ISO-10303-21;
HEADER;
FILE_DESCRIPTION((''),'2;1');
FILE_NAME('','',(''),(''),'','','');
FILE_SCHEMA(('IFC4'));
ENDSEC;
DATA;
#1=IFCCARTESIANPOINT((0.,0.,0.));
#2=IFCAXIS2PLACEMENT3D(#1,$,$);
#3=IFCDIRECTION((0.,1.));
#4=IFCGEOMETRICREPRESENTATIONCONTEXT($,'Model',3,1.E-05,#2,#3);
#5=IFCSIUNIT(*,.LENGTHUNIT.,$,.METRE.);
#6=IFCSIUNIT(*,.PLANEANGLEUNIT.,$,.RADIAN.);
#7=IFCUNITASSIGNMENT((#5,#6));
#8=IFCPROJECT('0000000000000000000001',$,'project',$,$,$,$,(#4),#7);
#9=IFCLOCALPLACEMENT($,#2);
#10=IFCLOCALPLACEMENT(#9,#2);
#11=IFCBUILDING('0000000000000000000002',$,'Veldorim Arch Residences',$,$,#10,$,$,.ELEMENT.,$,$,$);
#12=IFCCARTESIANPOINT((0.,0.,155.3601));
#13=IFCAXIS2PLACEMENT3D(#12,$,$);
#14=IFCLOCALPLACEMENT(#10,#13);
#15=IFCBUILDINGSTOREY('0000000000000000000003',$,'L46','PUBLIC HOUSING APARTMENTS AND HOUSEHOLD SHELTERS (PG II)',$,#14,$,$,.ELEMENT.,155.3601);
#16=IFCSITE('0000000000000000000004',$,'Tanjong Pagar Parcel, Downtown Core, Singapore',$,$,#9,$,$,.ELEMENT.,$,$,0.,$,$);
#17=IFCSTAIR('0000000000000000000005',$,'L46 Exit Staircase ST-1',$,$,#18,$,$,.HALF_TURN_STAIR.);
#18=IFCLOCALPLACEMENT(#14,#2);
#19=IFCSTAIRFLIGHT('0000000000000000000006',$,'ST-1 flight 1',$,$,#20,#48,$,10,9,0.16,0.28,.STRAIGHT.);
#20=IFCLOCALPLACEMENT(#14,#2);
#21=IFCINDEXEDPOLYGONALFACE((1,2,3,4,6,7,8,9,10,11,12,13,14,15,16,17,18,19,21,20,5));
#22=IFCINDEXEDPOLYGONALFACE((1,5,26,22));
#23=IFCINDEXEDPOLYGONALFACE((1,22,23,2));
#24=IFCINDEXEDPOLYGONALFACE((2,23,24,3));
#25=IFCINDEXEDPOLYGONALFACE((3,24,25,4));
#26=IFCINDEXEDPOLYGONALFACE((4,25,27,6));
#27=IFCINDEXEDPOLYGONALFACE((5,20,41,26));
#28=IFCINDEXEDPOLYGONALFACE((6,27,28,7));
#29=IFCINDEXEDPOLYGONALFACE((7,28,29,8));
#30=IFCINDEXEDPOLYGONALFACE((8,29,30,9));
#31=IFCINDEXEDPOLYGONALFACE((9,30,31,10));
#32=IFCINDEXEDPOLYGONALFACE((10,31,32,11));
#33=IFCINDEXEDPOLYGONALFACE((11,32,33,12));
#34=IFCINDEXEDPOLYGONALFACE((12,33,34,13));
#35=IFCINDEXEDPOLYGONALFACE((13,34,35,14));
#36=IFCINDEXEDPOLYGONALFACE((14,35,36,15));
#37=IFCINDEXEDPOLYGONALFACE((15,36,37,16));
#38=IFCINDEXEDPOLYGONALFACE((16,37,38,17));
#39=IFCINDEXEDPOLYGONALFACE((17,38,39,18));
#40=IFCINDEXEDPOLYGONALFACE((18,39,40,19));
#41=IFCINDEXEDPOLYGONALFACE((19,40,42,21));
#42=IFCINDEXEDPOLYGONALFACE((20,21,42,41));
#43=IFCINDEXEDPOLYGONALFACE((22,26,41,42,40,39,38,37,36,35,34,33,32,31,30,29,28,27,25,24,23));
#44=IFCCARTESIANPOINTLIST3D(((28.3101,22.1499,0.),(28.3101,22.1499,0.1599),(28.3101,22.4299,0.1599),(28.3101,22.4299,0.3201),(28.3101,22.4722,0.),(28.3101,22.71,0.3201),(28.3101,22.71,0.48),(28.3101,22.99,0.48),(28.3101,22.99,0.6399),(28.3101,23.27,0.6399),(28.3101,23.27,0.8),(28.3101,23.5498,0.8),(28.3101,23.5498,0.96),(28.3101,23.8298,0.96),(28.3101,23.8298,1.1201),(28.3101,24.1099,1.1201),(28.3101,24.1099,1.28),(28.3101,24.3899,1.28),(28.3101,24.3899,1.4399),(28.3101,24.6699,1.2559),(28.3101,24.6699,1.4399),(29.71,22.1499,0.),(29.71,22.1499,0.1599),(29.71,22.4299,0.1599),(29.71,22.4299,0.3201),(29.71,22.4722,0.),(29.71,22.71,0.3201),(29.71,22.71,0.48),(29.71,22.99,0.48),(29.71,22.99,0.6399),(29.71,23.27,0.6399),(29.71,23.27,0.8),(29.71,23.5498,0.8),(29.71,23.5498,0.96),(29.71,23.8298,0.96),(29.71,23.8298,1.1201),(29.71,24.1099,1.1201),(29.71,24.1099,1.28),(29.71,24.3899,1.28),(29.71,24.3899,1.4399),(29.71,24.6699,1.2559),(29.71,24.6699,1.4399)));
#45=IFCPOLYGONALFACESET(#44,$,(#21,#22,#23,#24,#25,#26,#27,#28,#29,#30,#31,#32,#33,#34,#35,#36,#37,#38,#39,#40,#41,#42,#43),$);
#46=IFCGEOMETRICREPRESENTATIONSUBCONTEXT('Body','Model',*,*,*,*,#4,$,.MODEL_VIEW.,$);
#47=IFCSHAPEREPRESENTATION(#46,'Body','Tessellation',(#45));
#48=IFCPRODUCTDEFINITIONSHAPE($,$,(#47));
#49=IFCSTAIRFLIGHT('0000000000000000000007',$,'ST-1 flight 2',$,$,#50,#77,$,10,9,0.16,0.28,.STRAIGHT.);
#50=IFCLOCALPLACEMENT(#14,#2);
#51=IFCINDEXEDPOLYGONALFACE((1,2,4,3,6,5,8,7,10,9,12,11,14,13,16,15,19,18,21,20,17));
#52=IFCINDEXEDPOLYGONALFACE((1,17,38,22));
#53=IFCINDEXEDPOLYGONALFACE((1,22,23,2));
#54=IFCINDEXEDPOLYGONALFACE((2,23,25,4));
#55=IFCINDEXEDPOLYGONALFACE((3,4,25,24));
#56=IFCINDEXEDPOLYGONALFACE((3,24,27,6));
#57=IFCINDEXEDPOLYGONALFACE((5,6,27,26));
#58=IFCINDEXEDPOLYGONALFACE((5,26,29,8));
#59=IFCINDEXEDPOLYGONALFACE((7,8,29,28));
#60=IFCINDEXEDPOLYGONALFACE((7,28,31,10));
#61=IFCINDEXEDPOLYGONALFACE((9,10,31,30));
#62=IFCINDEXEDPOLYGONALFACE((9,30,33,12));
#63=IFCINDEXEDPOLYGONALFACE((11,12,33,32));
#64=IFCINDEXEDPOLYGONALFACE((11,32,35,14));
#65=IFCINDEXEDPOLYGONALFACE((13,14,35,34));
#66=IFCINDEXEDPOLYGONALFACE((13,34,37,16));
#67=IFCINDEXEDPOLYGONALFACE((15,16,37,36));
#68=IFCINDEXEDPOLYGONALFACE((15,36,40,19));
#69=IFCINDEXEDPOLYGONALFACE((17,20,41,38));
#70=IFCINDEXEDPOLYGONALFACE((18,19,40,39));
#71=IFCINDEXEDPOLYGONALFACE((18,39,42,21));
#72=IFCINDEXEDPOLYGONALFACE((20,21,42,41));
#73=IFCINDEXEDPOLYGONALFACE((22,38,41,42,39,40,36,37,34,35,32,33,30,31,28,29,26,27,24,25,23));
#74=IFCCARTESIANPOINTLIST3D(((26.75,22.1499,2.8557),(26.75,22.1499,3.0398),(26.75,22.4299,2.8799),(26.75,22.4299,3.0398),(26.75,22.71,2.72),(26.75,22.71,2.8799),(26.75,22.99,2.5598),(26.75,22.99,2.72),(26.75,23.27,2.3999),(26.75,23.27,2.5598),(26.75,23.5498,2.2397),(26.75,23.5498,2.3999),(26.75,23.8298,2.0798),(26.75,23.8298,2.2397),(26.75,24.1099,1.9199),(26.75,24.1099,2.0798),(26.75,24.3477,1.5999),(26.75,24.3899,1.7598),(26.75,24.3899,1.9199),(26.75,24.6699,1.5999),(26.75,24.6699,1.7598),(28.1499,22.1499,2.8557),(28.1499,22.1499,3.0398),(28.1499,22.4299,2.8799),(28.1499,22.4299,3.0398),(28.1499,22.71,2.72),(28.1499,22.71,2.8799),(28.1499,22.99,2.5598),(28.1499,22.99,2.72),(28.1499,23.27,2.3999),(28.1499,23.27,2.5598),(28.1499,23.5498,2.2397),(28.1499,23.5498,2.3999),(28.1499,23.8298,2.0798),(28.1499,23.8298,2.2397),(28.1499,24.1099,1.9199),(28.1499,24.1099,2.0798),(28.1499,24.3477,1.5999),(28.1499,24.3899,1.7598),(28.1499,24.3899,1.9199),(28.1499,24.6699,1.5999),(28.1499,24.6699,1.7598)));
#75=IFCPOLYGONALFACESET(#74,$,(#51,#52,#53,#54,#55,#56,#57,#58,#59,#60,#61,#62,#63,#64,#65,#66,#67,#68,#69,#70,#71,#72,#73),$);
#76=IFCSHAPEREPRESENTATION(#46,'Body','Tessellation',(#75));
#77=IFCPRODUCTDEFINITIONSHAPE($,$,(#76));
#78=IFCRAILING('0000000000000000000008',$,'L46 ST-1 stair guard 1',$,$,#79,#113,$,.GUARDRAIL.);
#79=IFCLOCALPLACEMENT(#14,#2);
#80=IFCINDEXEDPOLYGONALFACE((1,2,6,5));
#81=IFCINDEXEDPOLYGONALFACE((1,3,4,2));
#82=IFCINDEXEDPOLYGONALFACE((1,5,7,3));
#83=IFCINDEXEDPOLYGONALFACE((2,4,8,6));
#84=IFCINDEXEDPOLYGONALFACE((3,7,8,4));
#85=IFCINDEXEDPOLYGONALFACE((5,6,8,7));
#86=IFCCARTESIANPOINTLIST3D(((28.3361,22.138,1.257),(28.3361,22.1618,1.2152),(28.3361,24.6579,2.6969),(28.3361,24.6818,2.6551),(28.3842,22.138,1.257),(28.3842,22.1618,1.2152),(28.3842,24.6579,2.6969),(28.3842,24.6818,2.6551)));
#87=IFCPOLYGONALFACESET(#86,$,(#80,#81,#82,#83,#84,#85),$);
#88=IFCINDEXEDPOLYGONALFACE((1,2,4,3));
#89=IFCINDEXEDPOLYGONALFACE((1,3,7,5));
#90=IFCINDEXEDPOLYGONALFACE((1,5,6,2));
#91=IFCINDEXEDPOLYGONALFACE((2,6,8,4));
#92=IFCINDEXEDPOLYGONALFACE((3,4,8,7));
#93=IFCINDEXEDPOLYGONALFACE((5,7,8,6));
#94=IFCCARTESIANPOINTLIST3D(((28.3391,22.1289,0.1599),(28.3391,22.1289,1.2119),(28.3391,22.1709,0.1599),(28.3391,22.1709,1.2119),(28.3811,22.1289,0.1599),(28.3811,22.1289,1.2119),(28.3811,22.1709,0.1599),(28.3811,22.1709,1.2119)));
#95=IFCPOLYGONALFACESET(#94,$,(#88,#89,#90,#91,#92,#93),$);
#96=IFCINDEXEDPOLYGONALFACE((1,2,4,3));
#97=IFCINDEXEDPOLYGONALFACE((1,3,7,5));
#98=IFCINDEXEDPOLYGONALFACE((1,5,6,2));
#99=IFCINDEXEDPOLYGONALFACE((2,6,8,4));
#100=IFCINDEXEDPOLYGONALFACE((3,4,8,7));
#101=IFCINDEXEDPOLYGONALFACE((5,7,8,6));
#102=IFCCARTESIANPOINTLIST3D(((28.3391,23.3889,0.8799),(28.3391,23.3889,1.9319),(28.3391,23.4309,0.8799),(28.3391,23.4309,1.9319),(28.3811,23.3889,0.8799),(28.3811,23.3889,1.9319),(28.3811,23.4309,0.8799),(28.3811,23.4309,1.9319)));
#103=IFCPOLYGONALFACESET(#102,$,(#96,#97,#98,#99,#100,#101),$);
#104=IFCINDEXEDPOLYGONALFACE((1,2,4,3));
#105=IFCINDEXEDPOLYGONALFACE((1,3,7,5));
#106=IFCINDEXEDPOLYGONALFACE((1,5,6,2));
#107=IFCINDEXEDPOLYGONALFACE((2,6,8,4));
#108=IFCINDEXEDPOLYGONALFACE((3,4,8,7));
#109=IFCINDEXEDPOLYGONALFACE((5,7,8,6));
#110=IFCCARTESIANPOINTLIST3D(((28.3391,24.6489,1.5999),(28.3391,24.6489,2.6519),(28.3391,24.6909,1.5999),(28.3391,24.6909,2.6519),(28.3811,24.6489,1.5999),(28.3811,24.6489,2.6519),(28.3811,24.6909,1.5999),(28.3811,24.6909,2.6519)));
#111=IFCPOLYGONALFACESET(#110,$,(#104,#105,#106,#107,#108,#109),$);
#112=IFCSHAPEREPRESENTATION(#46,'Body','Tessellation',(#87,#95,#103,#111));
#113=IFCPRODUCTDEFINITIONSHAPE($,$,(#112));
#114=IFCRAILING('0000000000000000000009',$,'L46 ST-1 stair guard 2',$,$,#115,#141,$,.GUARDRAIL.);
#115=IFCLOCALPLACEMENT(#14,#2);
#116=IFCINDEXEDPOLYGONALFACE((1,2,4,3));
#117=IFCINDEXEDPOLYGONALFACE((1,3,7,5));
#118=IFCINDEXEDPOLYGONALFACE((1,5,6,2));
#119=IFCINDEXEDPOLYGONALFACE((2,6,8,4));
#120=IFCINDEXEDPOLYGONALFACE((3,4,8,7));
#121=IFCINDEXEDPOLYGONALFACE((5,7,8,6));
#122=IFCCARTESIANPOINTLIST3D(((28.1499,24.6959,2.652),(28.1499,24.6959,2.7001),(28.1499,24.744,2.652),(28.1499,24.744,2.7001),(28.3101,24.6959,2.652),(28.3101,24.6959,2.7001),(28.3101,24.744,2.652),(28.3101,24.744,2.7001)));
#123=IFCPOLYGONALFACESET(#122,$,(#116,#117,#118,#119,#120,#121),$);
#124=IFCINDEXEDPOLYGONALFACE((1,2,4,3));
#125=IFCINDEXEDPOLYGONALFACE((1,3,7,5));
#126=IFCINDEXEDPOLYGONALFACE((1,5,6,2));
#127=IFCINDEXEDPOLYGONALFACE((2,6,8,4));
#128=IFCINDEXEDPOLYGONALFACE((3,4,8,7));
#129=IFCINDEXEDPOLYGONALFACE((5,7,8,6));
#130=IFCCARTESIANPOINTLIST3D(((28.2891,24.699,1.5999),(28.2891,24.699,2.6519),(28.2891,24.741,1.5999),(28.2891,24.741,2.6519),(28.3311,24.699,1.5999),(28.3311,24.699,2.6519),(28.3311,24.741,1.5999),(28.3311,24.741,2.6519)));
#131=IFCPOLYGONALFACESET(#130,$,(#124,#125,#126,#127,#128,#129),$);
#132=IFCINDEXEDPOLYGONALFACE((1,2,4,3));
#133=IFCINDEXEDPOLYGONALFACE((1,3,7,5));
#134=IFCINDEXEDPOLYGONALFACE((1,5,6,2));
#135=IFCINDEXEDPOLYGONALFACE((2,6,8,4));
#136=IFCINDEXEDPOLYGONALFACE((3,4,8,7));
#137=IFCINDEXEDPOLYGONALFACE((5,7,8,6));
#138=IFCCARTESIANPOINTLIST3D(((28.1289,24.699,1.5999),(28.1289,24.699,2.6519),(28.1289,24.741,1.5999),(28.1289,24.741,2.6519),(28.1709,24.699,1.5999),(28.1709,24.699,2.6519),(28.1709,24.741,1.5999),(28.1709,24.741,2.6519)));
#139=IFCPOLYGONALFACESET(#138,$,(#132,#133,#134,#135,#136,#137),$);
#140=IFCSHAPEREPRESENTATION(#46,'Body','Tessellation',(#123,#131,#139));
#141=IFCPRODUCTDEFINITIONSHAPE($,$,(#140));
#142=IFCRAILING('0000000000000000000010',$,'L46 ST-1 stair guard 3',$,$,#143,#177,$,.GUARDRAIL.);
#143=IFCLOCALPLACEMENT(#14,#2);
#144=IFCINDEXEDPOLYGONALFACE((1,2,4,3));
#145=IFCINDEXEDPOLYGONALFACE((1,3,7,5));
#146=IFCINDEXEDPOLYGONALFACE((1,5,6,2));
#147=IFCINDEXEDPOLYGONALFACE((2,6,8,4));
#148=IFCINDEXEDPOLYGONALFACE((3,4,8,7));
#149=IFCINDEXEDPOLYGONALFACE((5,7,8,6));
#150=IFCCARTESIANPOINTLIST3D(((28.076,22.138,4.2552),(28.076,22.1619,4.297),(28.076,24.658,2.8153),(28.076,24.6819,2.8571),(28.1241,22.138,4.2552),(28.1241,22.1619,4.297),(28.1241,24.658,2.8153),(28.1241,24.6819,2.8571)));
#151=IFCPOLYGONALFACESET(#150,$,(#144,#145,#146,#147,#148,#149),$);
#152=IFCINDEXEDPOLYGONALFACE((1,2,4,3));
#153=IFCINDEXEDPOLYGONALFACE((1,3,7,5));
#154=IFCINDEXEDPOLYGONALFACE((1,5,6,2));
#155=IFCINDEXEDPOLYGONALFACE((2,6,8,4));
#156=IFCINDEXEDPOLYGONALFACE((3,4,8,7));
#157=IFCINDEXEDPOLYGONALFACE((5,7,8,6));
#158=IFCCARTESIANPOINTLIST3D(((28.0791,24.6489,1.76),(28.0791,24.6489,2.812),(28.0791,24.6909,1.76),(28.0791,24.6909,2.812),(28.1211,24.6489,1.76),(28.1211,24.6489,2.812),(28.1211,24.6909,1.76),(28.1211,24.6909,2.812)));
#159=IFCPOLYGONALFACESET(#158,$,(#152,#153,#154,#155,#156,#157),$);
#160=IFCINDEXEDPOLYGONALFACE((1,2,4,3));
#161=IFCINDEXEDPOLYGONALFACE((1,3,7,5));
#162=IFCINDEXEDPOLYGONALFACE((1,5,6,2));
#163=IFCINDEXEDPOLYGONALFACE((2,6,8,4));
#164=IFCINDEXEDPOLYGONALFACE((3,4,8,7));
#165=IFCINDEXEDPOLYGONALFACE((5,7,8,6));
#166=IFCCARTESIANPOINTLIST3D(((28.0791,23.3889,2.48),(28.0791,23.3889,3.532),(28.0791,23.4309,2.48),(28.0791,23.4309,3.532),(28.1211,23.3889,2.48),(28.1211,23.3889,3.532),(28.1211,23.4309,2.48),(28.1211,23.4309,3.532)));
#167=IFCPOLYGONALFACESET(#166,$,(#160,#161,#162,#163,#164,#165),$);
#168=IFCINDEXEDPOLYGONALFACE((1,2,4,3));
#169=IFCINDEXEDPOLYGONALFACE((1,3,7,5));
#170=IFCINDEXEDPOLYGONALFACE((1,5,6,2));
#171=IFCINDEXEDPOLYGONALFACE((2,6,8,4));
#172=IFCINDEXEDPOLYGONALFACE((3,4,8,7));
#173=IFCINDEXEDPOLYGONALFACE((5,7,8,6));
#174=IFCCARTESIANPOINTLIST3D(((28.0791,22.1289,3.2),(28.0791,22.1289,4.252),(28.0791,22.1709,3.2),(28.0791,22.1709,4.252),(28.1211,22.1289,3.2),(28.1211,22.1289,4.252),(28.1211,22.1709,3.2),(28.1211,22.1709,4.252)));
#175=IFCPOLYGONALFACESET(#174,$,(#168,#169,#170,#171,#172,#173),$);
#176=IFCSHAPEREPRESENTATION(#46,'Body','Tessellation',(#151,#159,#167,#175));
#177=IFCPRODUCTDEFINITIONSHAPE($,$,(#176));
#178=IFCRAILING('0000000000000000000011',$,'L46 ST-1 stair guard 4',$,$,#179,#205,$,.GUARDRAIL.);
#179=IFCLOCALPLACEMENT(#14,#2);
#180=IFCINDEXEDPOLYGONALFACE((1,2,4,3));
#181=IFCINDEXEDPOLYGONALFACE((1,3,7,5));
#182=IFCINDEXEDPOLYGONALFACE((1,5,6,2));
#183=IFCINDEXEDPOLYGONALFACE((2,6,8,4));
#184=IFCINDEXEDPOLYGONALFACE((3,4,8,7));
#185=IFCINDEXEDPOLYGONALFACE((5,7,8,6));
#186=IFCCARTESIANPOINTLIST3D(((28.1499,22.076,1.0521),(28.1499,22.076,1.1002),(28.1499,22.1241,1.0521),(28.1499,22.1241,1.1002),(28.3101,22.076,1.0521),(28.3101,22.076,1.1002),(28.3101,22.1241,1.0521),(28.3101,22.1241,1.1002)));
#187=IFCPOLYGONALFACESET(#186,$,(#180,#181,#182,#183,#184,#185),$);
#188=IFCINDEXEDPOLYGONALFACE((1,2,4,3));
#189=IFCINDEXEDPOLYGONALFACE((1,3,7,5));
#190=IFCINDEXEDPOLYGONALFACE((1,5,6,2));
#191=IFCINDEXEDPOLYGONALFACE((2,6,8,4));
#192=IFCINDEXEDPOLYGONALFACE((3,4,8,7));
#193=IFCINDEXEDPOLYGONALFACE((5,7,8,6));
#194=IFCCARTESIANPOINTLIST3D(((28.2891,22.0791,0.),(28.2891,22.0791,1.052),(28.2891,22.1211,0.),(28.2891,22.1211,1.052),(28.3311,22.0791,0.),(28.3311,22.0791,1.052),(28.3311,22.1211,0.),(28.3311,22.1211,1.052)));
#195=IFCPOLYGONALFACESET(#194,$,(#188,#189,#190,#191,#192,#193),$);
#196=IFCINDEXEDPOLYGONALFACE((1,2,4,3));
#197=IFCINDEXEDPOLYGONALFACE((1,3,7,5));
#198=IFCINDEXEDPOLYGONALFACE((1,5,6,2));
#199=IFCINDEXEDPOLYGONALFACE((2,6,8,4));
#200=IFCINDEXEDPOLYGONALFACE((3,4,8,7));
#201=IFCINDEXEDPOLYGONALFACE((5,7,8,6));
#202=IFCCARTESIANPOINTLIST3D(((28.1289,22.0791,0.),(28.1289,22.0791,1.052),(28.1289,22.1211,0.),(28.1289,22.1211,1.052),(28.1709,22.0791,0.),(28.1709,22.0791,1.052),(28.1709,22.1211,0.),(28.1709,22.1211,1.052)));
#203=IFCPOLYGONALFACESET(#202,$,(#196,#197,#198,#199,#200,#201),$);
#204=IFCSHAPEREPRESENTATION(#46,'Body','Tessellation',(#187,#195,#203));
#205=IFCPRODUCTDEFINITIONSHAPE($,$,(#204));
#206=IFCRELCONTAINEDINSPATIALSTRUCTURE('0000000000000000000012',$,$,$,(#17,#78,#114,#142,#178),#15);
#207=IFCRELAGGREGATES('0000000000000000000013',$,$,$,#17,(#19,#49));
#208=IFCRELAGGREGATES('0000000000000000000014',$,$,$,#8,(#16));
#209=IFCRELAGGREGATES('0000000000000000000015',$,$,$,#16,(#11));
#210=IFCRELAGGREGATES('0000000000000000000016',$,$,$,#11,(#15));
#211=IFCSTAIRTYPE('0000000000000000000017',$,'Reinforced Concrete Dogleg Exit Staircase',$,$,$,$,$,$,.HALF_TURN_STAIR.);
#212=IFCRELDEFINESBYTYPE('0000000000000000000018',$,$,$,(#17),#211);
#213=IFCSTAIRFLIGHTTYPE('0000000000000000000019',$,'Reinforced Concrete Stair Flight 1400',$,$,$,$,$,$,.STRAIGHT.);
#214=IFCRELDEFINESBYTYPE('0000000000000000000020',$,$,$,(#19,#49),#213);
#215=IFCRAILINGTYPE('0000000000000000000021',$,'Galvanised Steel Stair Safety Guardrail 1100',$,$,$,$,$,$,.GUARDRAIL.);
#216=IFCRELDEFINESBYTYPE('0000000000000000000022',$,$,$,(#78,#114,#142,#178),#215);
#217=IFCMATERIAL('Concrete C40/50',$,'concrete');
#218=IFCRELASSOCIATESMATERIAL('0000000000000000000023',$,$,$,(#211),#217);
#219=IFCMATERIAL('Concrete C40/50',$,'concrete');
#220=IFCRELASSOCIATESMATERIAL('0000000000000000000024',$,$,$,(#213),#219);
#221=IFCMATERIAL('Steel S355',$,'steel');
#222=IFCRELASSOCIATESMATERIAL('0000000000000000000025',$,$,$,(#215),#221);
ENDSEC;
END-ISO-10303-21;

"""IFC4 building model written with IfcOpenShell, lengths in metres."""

from ifc_helpers import new_model, si_unit, direction, frame, origin, origin_2d, place, context, subcontext, project, spatial, polyline, rectangle, outline, extrude, material, type_object, element, aggregate, save


model = new_model("IFC4")

# Units and contexts
model_context = context("Model", 3, precision=1e-05, world=origin(), true_north=direction((0.0, 1.0)))
body_context = subcontext(model_context, "Body", "Model", "MODEL_VIEW")
ifc_project = project(units=[si_unit("LENGTHUNIT", "METRE"), si_unit("PLANEANGLEUNIT", "RADIAN")], contexts=[model_context])

# Site, building, storey
site_placement = place(None, origin())
site = spatial("IfcSite", under=ifc_project, at=site_placement, Name="Tanjong Pagar Parcel, Downtown Core, Singapore", CompositionType="ELEMENT", RefElevation=0.0)
building_placement = place(site_placement, origin())
building = spatial("IfcBuilding", under=site, at=building_placement, Name="Veldorim Arch Residences", CompositionType="ELEMENT")
storey_placement = place(building_placement, frame((0.0, 0.0, 155.3601)))
storey = spatial("IfcBuildingStorey", under=building, at=storey_placement, Name="L46", Description="PUBLIC HOUSING APARTMENTS AND HOUSEHOLD SHELTERS (PG II)", CompositionType="ELEMENT", Elevation=155.3601)

# Stair, stair flights
ifc_material_1 = material(Name="Concrete C40/50", Category="concrete")
stair_type = type_object("IfcStairType", Name="Reinforced Concrete Dogleg Exit Staircase", PredefinedType="HALF_TURN_STAIR", material=ifc_material_1)
stair_placement = place(storey_placement, origin())
stair = element("IfcStair", 1, at=stair_placement, inside=storey, type_object=stair_type, Name="L46 Exit Staircase ST-1", PredefinedType="HALF_TURN_STAIR")
ifc_material_2 = material(Name="Concrete C40/50", Category="concrete")
stair_flight_type = type_object("IfcStairFlightType", Name="Reinforced Concrete Stair Flight 1400", PredefinedType="STRAIGHT", material=ifc_material_2)
stair_flight_1_placement = place(storey_placement, frame((29.01, 22.1499, 0.0), z_axis=(0.0, 0.0, 1.0), x_axis=(0.0, 1.0, 0.0)))
stair_flight_1 = element("IfcStairFlight", 2, at=stair_flight_1_placement, type_object=stair_flight_type, Name="ST-1 flight 1", NumberOfRisers=10, NumberOfTreads=9, PredefinedType="STRAIGHT", RiserHeight=0.16, TreadLength=0.28, context=body_context, shape_type="SweptSolid", body=[
    extrude(outline(polyline([(0.0, 0.0), (0.0, 0.1599), (0.28, 0.1599), (0.28, 0.3201), (0.5601, 0.3201), (0.5601, 0.48), (0.8401, 0.48), (0.8401, 0.6399), (1.1201, 0.6399), (1.1201, 0.8), (1.3999, 0.8), (1.3999, 0.96), (1.6799, 0.96), (1.6799, 1.1201), (1.96, 1.1201), (1.96, 1.28), (2.24, 1.28), (2.24, 1.4399), (2.52, 1.4399), (2.52, 1.6001), (2.52, 1.2559), (0.3223, 0.0), (0.0, 0.0)])), frame((0.0, 0.7, 0.0), z_axis=(0.0, -1.0, 0.0), x_axis=(1.0, 0.0, 0.0)), (0.0, 0.0, 1.0), 1.3999),
])
stair_flight_2_placement = place(storey_placement, frame((27.45, 24.6699, 1.5999), z_axis=(0.0, 0.0, 1.0), x_axis=(0.0, -1.0, 0.0)))
stair_flight_2 = element("IfcStairFlight", 3, at=stair_flight_2_placement, type_object=stair_flight_type, Name="ST-1 flight 2", NumberOfRisers=10, NumberOfTreads=9, PredefinedType="STRAIGHT", RiserHeight=0.16, TreadLength=0.28, context=body_context, shape_type="SweptSolid", body=[
    extrude(outline(polyline([(0.0, 0.0), (0.0, 0.1599), (0.28, 0.1599), (0.28, 0.3201), (0.5601, 0.3201), (0.5601, 0.48), (0.8401, 0.48), (0.8401, 0.6399), (1.1201, 0.6399), (1.1201, 0.8), (1.3999, 0.8), (1.3999, 0.96), (1.6799, 0.96), (1.6799, 1.1201), (1.96, 1.1201), (1.96, 1.28), (2.24, 1.28), (2.24, 1.4399), (2.52, 1.4399), (2.52, 1.6001), (2.52, 1.2559), (0.3223, 0.0), (0.0, 0.0)])), frame((0.0, 0.7, 0.0), z_axis=(0.0, -1.0, 0.0), x_axis=(1.0, 0.0, 0.0)), (0.0, 0.0, 1.0), 1.3999),
])
aggregate(stair, [stair_flight_1, stair_flight_2])

# Railings
ifc_material_3 = material(Name="Steel S355", Category="steel")
railing_type_1 = type_object("IfcRailingType", Name="Galvanised Steel Stair Safety Guardrail 1100", PredefinedType="GUARDRAIL", material=ifc_material_3)
railing_1_placement = place(storey_placement, frame((28.3601, 22.1499, 0.1599)))
element("IfcRailing", 4, at=railing_1_placement, inside=storey, type_object=railing_type_1, Name="L46 ST-1 stair guard 1", PredefinedType="GUARDRAIL", context=body_context, shape_type="SweptSolid", body=[
    extrude(rectangle(XDim=0.0481, YDim=0.0481, at=origin_2d()), frame((0.0, 0.0, 1.0762), z_axis=(0.0, 0.868253, 0.496121), x_axis=(-1.0, 0.0, 0.0)), (0.0, 0.0, 1.0), 2.9023),
    extrude(rectangle(XDim=0.042, YDim=0.042, at=origin_2d()), origin(), (0.0, 0.0, 1.0), 1.052),
    extrude(rectangle(XDim=0.042, YDim=0.042, at=origin_2d()), frame((0.0, 1.26, 0.72)), (0.0, 0.0, 1.0), 1.052),
    extrude(rectangle(XDim=0.042, YDim=0.042, at=origin_2d()), frame((0.0, 2.52, 1.4399)), (0.0, 0.0, 1.0), 1.052),
])
railing_2_placement = place(storey_placement, frame((28.3101, 24.72, 1.5999)))
element("IfcRailing", 5, at=railing_2_placement, inside=storey, type_object=railing_type_1, Name="L46 ST-1 stair guard 2", PredefinedType="GUARDRAIL", context=body_context, shape_type="SweptSolid", body=[
    extrude(rectangle(XDim=0.0481, YDim=0.0481, at=origin_2d()), frame((0.0, 0.0, 1.0762), z_axis=(-1.0, 0.0, 0.0), x_axis=(0.0, -1.0, 0.0)), (0.0, 0.0, 1.0), 0.1602),
    extrude(rectangle(XDim=0.042, YDim=0.042, at=origin_2d()), origin(), (0.0, 0.0, 1.0), 1.052),
    extrude(rectangle(XDim=0.042, YDim=0.042, at=origin_2d()), frame((-0.1602, 0.0, 0.0)), (0.0, 0.0, 1.0), 1.052),
])
railing_3_placement = place(storey_placement, frame((28.1001, 24.6699, 1.76)))
element("IfcRailing", 6, at=railing_3_placement, inside=storey, type_object=railing_type_1, Name="L46 ST-1 stair guard 3", PredefinedType="GUARDRAIL", context=body_context, shape_type="SweptSolid", body=[
    extrude(rectangle(XDim=0.0481, YDim=0.0481, at=origin_2d()), frame((0.0, 0.0, 1.0762), z_axis=(0.0, -0.868253, 0.496121), x_axis=(1.0, 0.0, 0.0)), (0.0, 0.0, 1.0), 2.9023),
    extrude(rectangle(XDim=0.042, YDim=0.042, at=origin_2d()), origin(), (0.0, 0.0, 1.0), 1.052),
    extrude(rectangle(XDim=0.042, YDim=0.042, at=origin_2d()), frame((0.0, -1.26, 0.72)), (0.0, 0.0, 1.0), 1.052),
    extrude(rectangle(XDim=0.042, YDim=0.042, at=origin_2d()), frame((0.0, -2.52, 1.4399)), (0.0, 0.0, 1.0), 1.052),
])
railing_4_placement = place(storey_placement, frame((28.3101, 22.1001, 0.0)))
element("IfcRailing", 7, at=railing_4_placement, inside=storey, type_object=railing_type_1, Name="L46 ST-1 stair guard 4", PredefinedType="GUARDRAIL", context=body_context, shape_type="SweptSolid", body=[
    extrude(rectangle(XDim=0.0481, YDim=0.0481, at=origin_2d()), frame((0.0, 0.0, 1.0762), z_axis=(-1.0, 0.0, 0.0), x_axis=(0.0, -1.0, 0.0)), (0.0, 0.0, 1.0), 0.1602),
    extrude(rectangle(XDim=0.042, YDim=0.042, at=origin_2d()), origin(), (0.0, 0.0, 1.0), 1.052),
    extrude(rectangle(XDim=0.042, YDim=0.042, at=origin_2d()), frame((-0.1602, 0.0, 0.0)), (0.0, 0.0, 1.0), 1.052),
])

save(model, "model.ifc")
